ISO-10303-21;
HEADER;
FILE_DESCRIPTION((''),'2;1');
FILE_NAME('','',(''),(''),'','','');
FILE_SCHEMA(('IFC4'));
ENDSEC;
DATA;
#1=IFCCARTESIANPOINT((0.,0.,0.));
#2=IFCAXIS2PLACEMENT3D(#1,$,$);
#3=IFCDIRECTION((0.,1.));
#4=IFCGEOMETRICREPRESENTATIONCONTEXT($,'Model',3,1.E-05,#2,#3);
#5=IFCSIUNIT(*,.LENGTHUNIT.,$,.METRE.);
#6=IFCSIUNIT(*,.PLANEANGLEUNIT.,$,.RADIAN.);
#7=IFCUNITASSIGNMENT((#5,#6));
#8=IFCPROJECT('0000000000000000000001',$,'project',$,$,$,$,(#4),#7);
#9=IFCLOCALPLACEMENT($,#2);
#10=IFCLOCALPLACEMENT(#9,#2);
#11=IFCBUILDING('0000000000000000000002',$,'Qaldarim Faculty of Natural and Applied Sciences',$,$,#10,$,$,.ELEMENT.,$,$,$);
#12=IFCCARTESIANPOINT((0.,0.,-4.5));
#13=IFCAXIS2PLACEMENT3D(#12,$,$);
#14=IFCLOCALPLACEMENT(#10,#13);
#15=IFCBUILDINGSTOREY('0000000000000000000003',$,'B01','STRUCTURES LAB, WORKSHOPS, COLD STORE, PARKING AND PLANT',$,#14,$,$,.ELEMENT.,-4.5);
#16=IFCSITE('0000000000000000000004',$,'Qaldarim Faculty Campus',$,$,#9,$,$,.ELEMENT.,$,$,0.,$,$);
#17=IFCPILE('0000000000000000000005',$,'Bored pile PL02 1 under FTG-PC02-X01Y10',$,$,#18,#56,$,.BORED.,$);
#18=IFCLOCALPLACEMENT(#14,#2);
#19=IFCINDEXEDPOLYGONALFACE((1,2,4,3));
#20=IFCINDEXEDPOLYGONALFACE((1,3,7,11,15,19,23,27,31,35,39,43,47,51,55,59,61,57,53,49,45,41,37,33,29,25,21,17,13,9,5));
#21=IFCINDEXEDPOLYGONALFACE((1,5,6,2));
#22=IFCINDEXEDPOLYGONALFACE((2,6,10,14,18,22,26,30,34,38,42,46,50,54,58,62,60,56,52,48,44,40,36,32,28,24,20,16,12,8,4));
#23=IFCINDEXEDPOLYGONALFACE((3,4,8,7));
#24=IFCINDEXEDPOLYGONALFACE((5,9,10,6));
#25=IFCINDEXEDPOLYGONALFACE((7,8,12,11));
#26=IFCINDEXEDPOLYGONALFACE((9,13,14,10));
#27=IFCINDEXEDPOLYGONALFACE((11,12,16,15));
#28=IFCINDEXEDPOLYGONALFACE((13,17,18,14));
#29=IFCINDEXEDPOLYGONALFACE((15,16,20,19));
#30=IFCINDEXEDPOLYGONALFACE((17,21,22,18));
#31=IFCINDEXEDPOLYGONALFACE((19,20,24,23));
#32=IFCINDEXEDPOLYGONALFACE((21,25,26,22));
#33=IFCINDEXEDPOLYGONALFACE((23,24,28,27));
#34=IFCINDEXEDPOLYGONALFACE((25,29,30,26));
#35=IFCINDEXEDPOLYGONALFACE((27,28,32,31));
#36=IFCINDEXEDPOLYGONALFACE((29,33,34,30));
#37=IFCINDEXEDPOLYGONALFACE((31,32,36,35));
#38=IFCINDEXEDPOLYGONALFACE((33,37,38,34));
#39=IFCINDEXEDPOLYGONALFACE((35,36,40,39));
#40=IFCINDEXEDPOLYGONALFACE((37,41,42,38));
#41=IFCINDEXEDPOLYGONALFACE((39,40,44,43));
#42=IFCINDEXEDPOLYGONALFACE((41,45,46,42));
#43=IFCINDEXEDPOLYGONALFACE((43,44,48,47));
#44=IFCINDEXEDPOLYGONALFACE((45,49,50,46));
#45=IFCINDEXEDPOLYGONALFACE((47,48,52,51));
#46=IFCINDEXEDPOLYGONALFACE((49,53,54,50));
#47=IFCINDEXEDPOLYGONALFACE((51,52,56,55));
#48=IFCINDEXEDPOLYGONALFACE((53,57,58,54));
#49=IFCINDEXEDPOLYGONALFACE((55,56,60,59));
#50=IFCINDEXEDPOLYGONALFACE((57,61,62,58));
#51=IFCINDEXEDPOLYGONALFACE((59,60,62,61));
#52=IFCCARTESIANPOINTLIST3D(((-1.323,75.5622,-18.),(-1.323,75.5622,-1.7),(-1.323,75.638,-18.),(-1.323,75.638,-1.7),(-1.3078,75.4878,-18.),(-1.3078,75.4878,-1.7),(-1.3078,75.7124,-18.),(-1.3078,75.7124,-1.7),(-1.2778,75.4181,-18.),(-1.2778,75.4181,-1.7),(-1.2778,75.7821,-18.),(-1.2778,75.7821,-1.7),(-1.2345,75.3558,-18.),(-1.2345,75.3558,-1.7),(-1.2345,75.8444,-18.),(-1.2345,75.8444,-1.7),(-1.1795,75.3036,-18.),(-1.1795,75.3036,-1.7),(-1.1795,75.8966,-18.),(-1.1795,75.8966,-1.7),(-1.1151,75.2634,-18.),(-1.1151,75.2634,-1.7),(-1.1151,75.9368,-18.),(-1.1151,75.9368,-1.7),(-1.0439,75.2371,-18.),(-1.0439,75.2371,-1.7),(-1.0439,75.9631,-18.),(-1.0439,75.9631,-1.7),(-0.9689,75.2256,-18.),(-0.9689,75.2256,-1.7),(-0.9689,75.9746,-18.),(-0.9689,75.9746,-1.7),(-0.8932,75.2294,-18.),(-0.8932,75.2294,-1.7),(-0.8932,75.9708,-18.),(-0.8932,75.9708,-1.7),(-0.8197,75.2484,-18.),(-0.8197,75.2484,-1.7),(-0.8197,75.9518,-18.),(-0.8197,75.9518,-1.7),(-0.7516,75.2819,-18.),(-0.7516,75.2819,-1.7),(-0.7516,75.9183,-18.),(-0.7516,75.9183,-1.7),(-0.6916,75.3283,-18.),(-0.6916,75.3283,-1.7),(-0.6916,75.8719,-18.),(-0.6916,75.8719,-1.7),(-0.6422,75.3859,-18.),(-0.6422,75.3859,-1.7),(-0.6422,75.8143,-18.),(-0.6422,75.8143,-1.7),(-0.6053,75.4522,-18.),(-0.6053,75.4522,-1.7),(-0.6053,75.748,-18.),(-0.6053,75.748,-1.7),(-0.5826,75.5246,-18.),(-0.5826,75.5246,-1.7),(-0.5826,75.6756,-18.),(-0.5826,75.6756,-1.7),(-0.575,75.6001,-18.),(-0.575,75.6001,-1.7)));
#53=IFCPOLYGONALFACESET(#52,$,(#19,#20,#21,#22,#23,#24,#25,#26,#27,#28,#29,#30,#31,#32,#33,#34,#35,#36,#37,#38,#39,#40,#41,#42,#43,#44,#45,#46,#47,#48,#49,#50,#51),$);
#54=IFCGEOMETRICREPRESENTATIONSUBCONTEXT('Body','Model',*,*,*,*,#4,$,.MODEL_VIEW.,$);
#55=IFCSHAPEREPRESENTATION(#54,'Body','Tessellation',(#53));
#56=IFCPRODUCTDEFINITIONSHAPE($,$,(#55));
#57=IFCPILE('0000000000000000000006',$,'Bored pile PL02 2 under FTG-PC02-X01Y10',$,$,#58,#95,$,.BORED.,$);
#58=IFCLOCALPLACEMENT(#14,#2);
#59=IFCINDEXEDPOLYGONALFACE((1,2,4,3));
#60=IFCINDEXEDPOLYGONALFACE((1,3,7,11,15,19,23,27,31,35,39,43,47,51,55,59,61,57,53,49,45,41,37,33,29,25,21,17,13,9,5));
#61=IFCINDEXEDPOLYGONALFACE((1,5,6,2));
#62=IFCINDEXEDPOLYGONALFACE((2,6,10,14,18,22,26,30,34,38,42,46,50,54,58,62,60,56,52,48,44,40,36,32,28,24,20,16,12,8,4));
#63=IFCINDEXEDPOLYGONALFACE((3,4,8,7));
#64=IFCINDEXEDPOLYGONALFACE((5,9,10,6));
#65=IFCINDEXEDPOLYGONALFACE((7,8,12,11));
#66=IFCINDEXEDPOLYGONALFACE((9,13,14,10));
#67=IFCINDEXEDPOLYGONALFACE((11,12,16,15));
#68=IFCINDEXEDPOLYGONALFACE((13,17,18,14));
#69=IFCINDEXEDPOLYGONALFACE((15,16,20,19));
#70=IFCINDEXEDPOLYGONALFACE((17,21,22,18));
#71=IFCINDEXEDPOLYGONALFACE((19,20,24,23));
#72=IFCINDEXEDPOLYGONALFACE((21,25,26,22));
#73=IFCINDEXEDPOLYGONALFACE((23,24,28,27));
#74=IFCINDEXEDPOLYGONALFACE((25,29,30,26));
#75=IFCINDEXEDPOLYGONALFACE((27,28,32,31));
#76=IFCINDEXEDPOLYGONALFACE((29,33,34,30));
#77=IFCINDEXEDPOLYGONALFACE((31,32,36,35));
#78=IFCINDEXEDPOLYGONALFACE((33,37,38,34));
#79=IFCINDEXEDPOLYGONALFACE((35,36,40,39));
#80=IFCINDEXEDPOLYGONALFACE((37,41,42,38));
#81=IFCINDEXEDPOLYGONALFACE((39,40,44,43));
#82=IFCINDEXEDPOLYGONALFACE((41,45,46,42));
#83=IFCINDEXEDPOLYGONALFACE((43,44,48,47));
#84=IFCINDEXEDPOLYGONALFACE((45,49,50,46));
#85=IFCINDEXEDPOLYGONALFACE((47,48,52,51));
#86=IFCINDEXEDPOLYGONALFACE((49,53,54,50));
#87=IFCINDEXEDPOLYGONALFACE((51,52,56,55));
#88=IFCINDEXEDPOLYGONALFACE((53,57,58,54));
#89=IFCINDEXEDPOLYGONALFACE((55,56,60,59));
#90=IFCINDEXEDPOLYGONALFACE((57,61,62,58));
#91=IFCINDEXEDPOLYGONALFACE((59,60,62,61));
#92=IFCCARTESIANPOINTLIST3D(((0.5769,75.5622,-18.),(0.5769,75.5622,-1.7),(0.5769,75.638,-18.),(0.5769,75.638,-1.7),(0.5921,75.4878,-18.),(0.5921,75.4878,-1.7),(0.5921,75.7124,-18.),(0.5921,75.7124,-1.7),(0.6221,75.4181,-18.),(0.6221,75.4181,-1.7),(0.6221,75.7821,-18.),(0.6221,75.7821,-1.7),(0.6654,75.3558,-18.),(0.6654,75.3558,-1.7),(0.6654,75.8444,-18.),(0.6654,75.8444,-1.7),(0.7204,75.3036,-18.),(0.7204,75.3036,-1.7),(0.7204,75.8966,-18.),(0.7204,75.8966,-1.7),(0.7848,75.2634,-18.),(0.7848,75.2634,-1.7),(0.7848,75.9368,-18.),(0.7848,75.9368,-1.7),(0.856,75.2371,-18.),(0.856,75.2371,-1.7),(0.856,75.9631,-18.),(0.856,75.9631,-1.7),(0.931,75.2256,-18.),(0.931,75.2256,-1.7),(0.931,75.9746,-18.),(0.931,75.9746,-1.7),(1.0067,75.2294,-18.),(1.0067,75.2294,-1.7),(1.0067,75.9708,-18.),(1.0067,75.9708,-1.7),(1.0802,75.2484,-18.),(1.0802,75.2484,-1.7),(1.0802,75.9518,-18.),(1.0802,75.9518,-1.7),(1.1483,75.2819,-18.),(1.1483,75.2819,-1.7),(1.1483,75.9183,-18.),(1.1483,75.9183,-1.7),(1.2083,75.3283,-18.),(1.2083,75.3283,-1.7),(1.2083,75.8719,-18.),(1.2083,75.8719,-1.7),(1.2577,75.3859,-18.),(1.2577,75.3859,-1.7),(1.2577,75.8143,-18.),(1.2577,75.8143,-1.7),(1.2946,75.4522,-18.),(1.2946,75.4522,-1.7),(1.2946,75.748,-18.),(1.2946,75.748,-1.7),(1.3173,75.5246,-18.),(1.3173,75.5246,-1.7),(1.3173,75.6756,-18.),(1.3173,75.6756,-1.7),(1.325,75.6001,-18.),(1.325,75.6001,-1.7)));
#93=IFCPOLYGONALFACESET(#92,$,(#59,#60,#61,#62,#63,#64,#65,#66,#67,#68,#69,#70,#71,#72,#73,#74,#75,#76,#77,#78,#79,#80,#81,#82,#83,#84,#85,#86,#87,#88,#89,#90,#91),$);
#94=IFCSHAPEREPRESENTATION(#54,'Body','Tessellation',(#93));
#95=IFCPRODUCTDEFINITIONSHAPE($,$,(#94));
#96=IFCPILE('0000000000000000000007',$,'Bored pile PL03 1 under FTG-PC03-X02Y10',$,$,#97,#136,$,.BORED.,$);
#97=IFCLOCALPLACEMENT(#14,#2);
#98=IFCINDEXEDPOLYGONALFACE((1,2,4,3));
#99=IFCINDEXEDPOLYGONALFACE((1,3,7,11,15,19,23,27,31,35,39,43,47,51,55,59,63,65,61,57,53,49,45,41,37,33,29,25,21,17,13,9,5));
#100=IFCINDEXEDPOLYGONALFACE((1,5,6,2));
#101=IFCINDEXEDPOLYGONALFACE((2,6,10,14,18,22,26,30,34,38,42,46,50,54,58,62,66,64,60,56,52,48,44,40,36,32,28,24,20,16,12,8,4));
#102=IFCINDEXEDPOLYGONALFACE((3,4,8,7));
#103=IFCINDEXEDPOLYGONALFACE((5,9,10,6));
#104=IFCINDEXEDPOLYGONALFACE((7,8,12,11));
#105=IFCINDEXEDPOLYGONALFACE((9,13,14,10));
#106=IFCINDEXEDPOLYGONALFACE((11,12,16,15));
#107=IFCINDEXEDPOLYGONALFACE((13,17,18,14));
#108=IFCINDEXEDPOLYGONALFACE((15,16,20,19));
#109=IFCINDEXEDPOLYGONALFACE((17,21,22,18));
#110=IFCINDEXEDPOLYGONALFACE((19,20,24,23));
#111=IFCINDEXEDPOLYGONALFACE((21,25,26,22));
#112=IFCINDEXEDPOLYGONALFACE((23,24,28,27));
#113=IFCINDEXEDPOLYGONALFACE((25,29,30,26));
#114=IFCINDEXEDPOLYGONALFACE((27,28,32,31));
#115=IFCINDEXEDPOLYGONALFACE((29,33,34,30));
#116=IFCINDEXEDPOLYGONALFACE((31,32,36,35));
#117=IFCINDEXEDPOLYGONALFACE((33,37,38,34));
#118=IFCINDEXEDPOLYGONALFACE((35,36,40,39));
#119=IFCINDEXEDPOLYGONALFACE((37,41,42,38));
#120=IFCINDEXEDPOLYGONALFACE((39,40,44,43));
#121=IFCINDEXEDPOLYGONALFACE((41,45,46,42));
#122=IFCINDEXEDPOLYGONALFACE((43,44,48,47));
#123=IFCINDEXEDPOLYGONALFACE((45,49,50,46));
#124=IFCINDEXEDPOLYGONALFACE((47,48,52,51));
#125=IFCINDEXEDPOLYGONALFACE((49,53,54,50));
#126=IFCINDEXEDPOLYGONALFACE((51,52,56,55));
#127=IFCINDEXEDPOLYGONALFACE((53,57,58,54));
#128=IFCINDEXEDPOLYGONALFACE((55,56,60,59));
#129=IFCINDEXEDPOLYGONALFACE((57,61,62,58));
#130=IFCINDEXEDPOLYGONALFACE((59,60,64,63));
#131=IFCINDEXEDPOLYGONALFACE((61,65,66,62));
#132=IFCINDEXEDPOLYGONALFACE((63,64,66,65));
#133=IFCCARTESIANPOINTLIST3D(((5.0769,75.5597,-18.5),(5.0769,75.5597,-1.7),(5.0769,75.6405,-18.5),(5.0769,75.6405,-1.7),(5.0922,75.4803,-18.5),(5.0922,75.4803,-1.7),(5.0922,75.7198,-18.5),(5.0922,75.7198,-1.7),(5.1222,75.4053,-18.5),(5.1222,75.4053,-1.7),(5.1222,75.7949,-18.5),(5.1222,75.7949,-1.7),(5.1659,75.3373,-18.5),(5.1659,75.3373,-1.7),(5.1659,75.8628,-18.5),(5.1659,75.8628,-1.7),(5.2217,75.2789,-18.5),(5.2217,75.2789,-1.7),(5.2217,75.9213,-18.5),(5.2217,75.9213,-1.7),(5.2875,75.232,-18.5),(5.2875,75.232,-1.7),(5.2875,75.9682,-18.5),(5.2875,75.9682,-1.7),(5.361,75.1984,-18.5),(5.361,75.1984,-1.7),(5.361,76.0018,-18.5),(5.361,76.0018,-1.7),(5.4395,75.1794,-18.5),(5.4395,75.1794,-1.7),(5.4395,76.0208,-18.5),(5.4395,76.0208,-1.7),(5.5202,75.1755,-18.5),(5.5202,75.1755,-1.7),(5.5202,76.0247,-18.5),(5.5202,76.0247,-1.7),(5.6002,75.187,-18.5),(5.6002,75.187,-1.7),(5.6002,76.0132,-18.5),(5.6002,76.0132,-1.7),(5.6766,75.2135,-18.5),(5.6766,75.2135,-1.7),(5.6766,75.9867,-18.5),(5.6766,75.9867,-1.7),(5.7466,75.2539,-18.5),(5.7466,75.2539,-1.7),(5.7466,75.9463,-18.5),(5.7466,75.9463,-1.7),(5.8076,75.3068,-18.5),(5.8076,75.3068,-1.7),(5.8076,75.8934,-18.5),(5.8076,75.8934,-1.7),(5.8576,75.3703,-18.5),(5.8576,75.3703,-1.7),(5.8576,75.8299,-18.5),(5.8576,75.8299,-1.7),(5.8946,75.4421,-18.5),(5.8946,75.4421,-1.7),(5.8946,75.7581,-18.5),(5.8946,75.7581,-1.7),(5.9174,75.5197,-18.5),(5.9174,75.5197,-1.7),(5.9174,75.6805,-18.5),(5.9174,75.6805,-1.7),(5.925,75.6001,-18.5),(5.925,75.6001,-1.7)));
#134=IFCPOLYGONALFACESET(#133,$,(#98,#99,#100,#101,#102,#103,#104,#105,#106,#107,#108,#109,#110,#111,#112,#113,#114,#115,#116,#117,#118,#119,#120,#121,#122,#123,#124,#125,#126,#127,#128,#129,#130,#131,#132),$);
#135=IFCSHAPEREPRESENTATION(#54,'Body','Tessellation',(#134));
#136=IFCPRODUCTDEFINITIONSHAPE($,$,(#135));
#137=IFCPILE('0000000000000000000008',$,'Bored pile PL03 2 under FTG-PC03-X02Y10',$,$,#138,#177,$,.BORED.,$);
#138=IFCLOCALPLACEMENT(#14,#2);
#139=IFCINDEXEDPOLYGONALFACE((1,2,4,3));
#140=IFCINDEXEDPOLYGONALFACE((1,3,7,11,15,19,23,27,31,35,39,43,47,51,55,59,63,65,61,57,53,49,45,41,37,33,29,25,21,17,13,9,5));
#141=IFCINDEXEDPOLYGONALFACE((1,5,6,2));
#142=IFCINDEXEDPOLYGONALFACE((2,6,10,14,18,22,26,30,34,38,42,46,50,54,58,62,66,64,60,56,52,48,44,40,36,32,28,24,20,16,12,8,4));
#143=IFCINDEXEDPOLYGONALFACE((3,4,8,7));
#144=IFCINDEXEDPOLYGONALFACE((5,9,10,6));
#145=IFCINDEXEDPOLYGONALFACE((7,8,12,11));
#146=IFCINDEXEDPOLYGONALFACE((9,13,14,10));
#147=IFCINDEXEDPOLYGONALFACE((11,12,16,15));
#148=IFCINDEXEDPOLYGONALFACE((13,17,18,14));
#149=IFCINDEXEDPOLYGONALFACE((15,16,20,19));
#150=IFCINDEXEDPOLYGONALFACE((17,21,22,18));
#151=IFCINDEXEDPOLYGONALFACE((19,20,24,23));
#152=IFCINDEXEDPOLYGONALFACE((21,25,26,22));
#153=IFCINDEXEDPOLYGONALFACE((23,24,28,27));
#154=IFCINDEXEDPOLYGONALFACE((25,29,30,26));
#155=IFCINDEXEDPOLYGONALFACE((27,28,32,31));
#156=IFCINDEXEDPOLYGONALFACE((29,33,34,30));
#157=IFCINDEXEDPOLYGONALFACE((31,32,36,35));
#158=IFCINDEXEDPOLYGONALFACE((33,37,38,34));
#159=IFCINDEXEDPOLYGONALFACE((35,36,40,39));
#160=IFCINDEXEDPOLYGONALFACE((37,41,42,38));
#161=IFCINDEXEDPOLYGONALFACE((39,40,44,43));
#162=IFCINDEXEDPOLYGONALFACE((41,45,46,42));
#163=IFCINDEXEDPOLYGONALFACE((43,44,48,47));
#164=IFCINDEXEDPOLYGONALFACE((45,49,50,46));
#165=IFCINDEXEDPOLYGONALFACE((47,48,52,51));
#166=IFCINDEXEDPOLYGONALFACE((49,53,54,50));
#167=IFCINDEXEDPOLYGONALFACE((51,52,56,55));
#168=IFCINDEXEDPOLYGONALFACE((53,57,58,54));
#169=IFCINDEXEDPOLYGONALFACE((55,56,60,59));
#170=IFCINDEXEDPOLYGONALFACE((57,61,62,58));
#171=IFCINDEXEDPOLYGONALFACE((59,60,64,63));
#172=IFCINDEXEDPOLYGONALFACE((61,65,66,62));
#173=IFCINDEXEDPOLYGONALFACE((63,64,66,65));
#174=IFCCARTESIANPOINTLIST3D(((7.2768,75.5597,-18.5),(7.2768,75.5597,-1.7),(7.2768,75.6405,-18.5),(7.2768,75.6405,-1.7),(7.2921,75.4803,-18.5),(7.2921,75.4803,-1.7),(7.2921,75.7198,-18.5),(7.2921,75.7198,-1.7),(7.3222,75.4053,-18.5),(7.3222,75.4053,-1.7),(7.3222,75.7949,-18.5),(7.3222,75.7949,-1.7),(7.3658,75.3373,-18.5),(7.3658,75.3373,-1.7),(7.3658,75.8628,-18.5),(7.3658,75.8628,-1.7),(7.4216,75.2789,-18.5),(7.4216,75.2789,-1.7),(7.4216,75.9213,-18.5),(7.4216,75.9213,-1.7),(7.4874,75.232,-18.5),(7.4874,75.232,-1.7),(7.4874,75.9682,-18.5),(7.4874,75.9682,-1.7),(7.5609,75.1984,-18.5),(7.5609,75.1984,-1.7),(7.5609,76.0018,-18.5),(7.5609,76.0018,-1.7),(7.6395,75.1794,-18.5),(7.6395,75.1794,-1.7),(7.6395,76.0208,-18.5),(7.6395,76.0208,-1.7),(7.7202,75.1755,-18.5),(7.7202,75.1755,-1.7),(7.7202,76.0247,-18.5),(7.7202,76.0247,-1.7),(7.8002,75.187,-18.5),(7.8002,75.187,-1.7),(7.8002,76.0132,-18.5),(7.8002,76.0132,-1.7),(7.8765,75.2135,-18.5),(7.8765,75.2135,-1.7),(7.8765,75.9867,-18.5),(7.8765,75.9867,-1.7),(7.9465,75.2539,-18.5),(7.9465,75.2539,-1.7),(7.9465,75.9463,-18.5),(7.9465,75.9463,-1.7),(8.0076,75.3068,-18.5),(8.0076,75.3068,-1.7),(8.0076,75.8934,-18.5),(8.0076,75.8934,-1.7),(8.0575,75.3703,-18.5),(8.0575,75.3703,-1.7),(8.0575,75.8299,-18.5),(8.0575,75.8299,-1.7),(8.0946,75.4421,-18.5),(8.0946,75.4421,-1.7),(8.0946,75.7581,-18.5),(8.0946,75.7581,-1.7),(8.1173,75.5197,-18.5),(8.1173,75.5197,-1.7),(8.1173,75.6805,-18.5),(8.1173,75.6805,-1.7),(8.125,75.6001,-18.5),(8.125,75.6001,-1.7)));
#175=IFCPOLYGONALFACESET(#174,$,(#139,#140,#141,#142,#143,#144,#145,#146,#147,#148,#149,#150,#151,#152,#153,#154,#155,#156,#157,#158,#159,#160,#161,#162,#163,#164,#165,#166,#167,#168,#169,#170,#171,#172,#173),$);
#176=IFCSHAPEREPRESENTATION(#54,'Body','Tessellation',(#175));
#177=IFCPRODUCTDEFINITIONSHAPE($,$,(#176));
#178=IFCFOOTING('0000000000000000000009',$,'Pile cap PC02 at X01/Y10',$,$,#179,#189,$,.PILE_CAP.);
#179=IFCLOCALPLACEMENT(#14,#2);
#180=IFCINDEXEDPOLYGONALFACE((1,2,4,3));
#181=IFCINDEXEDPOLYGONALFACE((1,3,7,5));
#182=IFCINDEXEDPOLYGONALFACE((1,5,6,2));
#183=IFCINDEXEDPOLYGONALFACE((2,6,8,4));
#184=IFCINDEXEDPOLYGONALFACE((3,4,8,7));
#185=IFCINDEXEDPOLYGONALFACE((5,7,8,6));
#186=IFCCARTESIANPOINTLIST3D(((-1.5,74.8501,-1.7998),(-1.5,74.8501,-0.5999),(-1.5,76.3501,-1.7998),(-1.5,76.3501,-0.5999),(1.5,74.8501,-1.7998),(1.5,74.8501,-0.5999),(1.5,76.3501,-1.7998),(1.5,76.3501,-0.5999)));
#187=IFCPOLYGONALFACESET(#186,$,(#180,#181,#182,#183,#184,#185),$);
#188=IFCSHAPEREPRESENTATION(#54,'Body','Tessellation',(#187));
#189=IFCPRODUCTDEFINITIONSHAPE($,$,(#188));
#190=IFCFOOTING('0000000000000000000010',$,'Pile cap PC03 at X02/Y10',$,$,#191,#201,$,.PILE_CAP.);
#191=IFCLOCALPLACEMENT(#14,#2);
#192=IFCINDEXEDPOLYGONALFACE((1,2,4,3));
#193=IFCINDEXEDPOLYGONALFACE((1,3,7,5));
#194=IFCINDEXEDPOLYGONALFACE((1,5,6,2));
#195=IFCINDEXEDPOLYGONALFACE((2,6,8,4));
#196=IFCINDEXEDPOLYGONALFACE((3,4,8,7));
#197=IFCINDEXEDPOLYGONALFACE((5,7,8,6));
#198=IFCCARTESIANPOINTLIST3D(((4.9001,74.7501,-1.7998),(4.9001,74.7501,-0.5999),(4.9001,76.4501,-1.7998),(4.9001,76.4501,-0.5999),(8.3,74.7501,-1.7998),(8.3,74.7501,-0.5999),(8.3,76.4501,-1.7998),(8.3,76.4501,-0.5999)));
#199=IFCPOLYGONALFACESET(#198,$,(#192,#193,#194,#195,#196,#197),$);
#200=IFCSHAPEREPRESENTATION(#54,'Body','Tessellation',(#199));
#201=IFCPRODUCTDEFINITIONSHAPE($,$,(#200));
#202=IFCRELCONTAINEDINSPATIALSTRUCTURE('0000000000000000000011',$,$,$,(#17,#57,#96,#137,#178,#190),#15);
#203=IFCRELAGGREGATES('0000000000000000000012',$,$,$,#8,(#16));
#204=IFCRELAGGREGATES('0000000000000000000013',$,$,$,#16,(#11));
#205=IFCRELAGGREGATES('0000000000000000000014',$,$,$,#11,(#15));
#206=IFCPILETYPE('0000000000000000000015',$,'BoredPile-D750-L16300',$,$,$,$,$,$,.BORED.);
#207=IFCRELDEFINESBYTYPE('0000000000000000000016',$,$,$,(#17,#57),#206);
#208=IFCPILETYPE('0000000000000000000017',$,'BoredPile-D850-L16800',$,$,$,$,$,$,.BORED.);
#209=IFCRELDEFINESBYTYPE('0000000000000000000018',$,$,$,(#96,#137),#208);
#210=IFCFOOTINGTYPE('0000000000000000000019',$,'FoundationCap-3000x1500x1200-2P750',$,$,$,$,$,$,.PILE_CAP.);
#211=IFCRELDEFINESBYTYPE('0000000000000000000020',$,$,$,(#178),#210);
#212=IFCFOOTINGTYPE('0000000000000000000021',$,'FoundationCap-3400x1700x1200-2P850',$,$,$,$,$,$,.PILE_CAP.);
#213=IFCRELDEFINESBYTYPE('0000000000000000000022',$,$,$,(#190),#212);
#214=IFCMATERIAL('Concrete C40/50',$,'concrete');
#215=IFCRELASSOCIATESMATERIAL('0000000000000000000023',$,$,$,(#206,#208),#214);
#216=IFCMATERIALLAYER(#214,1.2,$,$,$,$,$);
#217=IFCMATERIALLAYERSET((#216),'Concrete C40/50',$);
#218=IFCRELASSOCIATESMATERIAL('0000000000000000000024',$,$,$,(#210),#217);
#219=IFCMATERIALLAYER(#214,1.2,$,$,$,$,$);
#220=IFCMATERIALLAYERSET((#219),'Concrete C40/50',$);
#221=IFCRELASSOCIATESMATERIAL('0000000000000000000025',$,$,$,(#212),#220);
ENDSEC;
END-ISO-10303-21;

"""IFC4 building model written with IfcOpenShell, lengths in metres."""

from ifc_helpers import new_model, si_unit, direction, frame, origin, origin_2d, place, context, subcontext, project, spatial, rectangle, circle, extrude, material, layer, layer_set, material_profile, profile_set, type_object, element, save


model = new_model("IFC4")

# Units and contexts
model_context = context("Model", 3, precision=1e-05, world=origin(), true_north=direction((0.0, 1.0)))
body_context = subcontext(model_context, "Body", "Model", "MODEL_VIEW")
ifc_project = project(units=[si_unit("LENGTHUNIT", "METRE"), si_unit("PLANEANGLEUNIT", "RADIAN")], contexts=[model_context])

# Site, building, storey
site_placement = place(None, origin())
site = spatial("IfcSite", under=ifc_project, at=site_placement, Name="Qaldarim Faculty Campus", CompositionType="ELEMENT", RefElevation=0.0)
building_placement = place(site_placement, origin())
building = spatial("IfcBuilding", under=site, at=building_placement, Name="Qaldarim Faculty of Natural and Applied Sciences", CompositionType="ELEMENT")
storey_placement = place(building_placement, frame((0.0, 0.0, -4.5)))
storey = spatial("IfcBuildingStorey", under=building, at=storey_placement, Name="B01", Description="STRUCTURES LAB, WORKSHOPS, COLD STORE, PARKING AND PLANT", CompositionType="ELEMENT", Elevation=-4.5)

# Piles
ifc_material_1 = material(Name="Concrete C40/50", Category="concrete")
ifc_material_profile_1 = material_profile(ifc_material_1, circle(Radius=0.375, at=origin_2d()), Name="PILE-D750")
ifc_profile_set_1 = profile_set([ifc_material_profile_1], Name="Concrete C40/50")
pile_type_1 = type_object("IfcPileType", Name="BoredPile-D750-L16300", PredefinedType="BORED", material=ifc_profile_set_1)
for number, where, z_axis, x_axis, name in (
    (1, (-0.95, 75.6001, -1.7), (0.0, 0.0, -1.0), (1.0, 0.0, 0.0), "Bored pile PL02 1 under FTG-PC02-X01Y10"),
    (2, (0.95, 75.6001, -1.7), (0.0, 0.0, -1.0), (1.0, 0.0, 0.0), "Bored pile PL02 2 under FTG-PC02-X01Y10"),
):
    element("IfcPile", number, at=place(storey_placement, frame(where, z_axis=z_axis, x_axis=x_axis)), inside=storey, type_object=pile_type_1, Name=name, PredefinedType="BORED", context=body_context, shape_type="SweptSolid", body=[
        extrude(circle(Radius=0.375, at=origin_2d()), origin(), (0.0, 0.0, 1.0), 16.3),
    ])
ifc_material_profile_2 = material_profile(ifc_material_1, circle(Radius=0.425, at=origin_2d()), Name="PILE-D850")
ifc_profile_set_2 = profile_set([ifc_material_profile_2], Name="Concrete C40/50")
pile_type_2 = type_object("IfcPileType", Name="BoredPile-D850-L16800", PredefinedType="BORED", material=ifc_profile_set_2)
for number, where, z_axis, x_axis, name in (
    (3, (5.5, 75.6001, -1.7), (0.0, 0.0, -1.0), (1.0, 0.0, 0.0), "Bored pile PL03 1 under FTG-PC03-X02Y10"),
    (4, (7.7, 75.6001, -1.7), (0.0, 0.0, -1.0), (1.0, 0.0, 0.0), "Bored pile PL03 2 under FTG-PC03-X02Y10"),
):
    element("IfcPile", number, at=place(storey_placement, frame(where, z_axis=z_axis, x_axis=x_axis)), inside=storey, type_object=pile_type_2, Name=name, PredefinedType="BORED", context=body_context, shape_type="SweptSolid", body=[
        extrude(circle(Radius=0.425, at=origin_2d()), origin(), (0.0, 0.0, 1.0), 16.8),
    ])

# Footings
ifc_layer_1 = layer(ifc_material_1, 1.2)
ifc_layer_set_1 = layer_set([ifc_layer_1], Name="Concrete C40/50")
footing_type_1 = type_object("IfcFootingType", Name="FoundationCap-3000x1500x1200-2P750", PredefinedType="PILE_CAP", material=ifc_layer_set_1)
footing_1_placement = place(storey_placement, frame((0.0, 75.6001, -1.7998), z_axis=(0.0, 0.0, 1.0), x_axis=(1.0, 0.0, 0.0)))
element("IfcFooting", 5, at=footing_1_placement, inside=storey, type_object=footing_type_1, Name="Pile cap PC02 at X01/Y10", PredefinedType="PILE_CAP", context=body_context, shape_type="SweptSolid", body=[
    extrude(rectangle(XDim=3.0, YDim=1.5, at=origin_2d()), origin(), (0.0, 0.0, 1.0), 1.2),
])
ifc_layer_2 = layer(ifc_material_1, 1.2)
ifc_layer_set_2 = layer_set([ifc_layer_2], Name="Concrete C40/50")
footing_type_2 = type_object("IfcFootingType", Name="FoundationCap-3400x1700x1200-2P850", PredefinedType="PILE_CAP", material=ifc_layer_set_2)
footing_2_placement = place(storey_placement, frame((6.6001, 75.6001, -1.7998), z_axis=(0.0, 0.0, 1.0), x_axis=(1.0, 0.0, 0.0)))
element("IfcFooting", 6, at=footing_2_placement, inside=storey, type_object=footing_type_2, Name="Pile cap PC03 at X02/Y10", PredefinedType="PILE_CAP", context=body_context, shape_type="SweptSolid", body=[
    extrude(rectangle(XDim=3.3999, YDim=1.7, at=origin_2d()), origin(), (0.0, 0.0, 1.0), 1.2),
])

save(model, "model.ifc")
